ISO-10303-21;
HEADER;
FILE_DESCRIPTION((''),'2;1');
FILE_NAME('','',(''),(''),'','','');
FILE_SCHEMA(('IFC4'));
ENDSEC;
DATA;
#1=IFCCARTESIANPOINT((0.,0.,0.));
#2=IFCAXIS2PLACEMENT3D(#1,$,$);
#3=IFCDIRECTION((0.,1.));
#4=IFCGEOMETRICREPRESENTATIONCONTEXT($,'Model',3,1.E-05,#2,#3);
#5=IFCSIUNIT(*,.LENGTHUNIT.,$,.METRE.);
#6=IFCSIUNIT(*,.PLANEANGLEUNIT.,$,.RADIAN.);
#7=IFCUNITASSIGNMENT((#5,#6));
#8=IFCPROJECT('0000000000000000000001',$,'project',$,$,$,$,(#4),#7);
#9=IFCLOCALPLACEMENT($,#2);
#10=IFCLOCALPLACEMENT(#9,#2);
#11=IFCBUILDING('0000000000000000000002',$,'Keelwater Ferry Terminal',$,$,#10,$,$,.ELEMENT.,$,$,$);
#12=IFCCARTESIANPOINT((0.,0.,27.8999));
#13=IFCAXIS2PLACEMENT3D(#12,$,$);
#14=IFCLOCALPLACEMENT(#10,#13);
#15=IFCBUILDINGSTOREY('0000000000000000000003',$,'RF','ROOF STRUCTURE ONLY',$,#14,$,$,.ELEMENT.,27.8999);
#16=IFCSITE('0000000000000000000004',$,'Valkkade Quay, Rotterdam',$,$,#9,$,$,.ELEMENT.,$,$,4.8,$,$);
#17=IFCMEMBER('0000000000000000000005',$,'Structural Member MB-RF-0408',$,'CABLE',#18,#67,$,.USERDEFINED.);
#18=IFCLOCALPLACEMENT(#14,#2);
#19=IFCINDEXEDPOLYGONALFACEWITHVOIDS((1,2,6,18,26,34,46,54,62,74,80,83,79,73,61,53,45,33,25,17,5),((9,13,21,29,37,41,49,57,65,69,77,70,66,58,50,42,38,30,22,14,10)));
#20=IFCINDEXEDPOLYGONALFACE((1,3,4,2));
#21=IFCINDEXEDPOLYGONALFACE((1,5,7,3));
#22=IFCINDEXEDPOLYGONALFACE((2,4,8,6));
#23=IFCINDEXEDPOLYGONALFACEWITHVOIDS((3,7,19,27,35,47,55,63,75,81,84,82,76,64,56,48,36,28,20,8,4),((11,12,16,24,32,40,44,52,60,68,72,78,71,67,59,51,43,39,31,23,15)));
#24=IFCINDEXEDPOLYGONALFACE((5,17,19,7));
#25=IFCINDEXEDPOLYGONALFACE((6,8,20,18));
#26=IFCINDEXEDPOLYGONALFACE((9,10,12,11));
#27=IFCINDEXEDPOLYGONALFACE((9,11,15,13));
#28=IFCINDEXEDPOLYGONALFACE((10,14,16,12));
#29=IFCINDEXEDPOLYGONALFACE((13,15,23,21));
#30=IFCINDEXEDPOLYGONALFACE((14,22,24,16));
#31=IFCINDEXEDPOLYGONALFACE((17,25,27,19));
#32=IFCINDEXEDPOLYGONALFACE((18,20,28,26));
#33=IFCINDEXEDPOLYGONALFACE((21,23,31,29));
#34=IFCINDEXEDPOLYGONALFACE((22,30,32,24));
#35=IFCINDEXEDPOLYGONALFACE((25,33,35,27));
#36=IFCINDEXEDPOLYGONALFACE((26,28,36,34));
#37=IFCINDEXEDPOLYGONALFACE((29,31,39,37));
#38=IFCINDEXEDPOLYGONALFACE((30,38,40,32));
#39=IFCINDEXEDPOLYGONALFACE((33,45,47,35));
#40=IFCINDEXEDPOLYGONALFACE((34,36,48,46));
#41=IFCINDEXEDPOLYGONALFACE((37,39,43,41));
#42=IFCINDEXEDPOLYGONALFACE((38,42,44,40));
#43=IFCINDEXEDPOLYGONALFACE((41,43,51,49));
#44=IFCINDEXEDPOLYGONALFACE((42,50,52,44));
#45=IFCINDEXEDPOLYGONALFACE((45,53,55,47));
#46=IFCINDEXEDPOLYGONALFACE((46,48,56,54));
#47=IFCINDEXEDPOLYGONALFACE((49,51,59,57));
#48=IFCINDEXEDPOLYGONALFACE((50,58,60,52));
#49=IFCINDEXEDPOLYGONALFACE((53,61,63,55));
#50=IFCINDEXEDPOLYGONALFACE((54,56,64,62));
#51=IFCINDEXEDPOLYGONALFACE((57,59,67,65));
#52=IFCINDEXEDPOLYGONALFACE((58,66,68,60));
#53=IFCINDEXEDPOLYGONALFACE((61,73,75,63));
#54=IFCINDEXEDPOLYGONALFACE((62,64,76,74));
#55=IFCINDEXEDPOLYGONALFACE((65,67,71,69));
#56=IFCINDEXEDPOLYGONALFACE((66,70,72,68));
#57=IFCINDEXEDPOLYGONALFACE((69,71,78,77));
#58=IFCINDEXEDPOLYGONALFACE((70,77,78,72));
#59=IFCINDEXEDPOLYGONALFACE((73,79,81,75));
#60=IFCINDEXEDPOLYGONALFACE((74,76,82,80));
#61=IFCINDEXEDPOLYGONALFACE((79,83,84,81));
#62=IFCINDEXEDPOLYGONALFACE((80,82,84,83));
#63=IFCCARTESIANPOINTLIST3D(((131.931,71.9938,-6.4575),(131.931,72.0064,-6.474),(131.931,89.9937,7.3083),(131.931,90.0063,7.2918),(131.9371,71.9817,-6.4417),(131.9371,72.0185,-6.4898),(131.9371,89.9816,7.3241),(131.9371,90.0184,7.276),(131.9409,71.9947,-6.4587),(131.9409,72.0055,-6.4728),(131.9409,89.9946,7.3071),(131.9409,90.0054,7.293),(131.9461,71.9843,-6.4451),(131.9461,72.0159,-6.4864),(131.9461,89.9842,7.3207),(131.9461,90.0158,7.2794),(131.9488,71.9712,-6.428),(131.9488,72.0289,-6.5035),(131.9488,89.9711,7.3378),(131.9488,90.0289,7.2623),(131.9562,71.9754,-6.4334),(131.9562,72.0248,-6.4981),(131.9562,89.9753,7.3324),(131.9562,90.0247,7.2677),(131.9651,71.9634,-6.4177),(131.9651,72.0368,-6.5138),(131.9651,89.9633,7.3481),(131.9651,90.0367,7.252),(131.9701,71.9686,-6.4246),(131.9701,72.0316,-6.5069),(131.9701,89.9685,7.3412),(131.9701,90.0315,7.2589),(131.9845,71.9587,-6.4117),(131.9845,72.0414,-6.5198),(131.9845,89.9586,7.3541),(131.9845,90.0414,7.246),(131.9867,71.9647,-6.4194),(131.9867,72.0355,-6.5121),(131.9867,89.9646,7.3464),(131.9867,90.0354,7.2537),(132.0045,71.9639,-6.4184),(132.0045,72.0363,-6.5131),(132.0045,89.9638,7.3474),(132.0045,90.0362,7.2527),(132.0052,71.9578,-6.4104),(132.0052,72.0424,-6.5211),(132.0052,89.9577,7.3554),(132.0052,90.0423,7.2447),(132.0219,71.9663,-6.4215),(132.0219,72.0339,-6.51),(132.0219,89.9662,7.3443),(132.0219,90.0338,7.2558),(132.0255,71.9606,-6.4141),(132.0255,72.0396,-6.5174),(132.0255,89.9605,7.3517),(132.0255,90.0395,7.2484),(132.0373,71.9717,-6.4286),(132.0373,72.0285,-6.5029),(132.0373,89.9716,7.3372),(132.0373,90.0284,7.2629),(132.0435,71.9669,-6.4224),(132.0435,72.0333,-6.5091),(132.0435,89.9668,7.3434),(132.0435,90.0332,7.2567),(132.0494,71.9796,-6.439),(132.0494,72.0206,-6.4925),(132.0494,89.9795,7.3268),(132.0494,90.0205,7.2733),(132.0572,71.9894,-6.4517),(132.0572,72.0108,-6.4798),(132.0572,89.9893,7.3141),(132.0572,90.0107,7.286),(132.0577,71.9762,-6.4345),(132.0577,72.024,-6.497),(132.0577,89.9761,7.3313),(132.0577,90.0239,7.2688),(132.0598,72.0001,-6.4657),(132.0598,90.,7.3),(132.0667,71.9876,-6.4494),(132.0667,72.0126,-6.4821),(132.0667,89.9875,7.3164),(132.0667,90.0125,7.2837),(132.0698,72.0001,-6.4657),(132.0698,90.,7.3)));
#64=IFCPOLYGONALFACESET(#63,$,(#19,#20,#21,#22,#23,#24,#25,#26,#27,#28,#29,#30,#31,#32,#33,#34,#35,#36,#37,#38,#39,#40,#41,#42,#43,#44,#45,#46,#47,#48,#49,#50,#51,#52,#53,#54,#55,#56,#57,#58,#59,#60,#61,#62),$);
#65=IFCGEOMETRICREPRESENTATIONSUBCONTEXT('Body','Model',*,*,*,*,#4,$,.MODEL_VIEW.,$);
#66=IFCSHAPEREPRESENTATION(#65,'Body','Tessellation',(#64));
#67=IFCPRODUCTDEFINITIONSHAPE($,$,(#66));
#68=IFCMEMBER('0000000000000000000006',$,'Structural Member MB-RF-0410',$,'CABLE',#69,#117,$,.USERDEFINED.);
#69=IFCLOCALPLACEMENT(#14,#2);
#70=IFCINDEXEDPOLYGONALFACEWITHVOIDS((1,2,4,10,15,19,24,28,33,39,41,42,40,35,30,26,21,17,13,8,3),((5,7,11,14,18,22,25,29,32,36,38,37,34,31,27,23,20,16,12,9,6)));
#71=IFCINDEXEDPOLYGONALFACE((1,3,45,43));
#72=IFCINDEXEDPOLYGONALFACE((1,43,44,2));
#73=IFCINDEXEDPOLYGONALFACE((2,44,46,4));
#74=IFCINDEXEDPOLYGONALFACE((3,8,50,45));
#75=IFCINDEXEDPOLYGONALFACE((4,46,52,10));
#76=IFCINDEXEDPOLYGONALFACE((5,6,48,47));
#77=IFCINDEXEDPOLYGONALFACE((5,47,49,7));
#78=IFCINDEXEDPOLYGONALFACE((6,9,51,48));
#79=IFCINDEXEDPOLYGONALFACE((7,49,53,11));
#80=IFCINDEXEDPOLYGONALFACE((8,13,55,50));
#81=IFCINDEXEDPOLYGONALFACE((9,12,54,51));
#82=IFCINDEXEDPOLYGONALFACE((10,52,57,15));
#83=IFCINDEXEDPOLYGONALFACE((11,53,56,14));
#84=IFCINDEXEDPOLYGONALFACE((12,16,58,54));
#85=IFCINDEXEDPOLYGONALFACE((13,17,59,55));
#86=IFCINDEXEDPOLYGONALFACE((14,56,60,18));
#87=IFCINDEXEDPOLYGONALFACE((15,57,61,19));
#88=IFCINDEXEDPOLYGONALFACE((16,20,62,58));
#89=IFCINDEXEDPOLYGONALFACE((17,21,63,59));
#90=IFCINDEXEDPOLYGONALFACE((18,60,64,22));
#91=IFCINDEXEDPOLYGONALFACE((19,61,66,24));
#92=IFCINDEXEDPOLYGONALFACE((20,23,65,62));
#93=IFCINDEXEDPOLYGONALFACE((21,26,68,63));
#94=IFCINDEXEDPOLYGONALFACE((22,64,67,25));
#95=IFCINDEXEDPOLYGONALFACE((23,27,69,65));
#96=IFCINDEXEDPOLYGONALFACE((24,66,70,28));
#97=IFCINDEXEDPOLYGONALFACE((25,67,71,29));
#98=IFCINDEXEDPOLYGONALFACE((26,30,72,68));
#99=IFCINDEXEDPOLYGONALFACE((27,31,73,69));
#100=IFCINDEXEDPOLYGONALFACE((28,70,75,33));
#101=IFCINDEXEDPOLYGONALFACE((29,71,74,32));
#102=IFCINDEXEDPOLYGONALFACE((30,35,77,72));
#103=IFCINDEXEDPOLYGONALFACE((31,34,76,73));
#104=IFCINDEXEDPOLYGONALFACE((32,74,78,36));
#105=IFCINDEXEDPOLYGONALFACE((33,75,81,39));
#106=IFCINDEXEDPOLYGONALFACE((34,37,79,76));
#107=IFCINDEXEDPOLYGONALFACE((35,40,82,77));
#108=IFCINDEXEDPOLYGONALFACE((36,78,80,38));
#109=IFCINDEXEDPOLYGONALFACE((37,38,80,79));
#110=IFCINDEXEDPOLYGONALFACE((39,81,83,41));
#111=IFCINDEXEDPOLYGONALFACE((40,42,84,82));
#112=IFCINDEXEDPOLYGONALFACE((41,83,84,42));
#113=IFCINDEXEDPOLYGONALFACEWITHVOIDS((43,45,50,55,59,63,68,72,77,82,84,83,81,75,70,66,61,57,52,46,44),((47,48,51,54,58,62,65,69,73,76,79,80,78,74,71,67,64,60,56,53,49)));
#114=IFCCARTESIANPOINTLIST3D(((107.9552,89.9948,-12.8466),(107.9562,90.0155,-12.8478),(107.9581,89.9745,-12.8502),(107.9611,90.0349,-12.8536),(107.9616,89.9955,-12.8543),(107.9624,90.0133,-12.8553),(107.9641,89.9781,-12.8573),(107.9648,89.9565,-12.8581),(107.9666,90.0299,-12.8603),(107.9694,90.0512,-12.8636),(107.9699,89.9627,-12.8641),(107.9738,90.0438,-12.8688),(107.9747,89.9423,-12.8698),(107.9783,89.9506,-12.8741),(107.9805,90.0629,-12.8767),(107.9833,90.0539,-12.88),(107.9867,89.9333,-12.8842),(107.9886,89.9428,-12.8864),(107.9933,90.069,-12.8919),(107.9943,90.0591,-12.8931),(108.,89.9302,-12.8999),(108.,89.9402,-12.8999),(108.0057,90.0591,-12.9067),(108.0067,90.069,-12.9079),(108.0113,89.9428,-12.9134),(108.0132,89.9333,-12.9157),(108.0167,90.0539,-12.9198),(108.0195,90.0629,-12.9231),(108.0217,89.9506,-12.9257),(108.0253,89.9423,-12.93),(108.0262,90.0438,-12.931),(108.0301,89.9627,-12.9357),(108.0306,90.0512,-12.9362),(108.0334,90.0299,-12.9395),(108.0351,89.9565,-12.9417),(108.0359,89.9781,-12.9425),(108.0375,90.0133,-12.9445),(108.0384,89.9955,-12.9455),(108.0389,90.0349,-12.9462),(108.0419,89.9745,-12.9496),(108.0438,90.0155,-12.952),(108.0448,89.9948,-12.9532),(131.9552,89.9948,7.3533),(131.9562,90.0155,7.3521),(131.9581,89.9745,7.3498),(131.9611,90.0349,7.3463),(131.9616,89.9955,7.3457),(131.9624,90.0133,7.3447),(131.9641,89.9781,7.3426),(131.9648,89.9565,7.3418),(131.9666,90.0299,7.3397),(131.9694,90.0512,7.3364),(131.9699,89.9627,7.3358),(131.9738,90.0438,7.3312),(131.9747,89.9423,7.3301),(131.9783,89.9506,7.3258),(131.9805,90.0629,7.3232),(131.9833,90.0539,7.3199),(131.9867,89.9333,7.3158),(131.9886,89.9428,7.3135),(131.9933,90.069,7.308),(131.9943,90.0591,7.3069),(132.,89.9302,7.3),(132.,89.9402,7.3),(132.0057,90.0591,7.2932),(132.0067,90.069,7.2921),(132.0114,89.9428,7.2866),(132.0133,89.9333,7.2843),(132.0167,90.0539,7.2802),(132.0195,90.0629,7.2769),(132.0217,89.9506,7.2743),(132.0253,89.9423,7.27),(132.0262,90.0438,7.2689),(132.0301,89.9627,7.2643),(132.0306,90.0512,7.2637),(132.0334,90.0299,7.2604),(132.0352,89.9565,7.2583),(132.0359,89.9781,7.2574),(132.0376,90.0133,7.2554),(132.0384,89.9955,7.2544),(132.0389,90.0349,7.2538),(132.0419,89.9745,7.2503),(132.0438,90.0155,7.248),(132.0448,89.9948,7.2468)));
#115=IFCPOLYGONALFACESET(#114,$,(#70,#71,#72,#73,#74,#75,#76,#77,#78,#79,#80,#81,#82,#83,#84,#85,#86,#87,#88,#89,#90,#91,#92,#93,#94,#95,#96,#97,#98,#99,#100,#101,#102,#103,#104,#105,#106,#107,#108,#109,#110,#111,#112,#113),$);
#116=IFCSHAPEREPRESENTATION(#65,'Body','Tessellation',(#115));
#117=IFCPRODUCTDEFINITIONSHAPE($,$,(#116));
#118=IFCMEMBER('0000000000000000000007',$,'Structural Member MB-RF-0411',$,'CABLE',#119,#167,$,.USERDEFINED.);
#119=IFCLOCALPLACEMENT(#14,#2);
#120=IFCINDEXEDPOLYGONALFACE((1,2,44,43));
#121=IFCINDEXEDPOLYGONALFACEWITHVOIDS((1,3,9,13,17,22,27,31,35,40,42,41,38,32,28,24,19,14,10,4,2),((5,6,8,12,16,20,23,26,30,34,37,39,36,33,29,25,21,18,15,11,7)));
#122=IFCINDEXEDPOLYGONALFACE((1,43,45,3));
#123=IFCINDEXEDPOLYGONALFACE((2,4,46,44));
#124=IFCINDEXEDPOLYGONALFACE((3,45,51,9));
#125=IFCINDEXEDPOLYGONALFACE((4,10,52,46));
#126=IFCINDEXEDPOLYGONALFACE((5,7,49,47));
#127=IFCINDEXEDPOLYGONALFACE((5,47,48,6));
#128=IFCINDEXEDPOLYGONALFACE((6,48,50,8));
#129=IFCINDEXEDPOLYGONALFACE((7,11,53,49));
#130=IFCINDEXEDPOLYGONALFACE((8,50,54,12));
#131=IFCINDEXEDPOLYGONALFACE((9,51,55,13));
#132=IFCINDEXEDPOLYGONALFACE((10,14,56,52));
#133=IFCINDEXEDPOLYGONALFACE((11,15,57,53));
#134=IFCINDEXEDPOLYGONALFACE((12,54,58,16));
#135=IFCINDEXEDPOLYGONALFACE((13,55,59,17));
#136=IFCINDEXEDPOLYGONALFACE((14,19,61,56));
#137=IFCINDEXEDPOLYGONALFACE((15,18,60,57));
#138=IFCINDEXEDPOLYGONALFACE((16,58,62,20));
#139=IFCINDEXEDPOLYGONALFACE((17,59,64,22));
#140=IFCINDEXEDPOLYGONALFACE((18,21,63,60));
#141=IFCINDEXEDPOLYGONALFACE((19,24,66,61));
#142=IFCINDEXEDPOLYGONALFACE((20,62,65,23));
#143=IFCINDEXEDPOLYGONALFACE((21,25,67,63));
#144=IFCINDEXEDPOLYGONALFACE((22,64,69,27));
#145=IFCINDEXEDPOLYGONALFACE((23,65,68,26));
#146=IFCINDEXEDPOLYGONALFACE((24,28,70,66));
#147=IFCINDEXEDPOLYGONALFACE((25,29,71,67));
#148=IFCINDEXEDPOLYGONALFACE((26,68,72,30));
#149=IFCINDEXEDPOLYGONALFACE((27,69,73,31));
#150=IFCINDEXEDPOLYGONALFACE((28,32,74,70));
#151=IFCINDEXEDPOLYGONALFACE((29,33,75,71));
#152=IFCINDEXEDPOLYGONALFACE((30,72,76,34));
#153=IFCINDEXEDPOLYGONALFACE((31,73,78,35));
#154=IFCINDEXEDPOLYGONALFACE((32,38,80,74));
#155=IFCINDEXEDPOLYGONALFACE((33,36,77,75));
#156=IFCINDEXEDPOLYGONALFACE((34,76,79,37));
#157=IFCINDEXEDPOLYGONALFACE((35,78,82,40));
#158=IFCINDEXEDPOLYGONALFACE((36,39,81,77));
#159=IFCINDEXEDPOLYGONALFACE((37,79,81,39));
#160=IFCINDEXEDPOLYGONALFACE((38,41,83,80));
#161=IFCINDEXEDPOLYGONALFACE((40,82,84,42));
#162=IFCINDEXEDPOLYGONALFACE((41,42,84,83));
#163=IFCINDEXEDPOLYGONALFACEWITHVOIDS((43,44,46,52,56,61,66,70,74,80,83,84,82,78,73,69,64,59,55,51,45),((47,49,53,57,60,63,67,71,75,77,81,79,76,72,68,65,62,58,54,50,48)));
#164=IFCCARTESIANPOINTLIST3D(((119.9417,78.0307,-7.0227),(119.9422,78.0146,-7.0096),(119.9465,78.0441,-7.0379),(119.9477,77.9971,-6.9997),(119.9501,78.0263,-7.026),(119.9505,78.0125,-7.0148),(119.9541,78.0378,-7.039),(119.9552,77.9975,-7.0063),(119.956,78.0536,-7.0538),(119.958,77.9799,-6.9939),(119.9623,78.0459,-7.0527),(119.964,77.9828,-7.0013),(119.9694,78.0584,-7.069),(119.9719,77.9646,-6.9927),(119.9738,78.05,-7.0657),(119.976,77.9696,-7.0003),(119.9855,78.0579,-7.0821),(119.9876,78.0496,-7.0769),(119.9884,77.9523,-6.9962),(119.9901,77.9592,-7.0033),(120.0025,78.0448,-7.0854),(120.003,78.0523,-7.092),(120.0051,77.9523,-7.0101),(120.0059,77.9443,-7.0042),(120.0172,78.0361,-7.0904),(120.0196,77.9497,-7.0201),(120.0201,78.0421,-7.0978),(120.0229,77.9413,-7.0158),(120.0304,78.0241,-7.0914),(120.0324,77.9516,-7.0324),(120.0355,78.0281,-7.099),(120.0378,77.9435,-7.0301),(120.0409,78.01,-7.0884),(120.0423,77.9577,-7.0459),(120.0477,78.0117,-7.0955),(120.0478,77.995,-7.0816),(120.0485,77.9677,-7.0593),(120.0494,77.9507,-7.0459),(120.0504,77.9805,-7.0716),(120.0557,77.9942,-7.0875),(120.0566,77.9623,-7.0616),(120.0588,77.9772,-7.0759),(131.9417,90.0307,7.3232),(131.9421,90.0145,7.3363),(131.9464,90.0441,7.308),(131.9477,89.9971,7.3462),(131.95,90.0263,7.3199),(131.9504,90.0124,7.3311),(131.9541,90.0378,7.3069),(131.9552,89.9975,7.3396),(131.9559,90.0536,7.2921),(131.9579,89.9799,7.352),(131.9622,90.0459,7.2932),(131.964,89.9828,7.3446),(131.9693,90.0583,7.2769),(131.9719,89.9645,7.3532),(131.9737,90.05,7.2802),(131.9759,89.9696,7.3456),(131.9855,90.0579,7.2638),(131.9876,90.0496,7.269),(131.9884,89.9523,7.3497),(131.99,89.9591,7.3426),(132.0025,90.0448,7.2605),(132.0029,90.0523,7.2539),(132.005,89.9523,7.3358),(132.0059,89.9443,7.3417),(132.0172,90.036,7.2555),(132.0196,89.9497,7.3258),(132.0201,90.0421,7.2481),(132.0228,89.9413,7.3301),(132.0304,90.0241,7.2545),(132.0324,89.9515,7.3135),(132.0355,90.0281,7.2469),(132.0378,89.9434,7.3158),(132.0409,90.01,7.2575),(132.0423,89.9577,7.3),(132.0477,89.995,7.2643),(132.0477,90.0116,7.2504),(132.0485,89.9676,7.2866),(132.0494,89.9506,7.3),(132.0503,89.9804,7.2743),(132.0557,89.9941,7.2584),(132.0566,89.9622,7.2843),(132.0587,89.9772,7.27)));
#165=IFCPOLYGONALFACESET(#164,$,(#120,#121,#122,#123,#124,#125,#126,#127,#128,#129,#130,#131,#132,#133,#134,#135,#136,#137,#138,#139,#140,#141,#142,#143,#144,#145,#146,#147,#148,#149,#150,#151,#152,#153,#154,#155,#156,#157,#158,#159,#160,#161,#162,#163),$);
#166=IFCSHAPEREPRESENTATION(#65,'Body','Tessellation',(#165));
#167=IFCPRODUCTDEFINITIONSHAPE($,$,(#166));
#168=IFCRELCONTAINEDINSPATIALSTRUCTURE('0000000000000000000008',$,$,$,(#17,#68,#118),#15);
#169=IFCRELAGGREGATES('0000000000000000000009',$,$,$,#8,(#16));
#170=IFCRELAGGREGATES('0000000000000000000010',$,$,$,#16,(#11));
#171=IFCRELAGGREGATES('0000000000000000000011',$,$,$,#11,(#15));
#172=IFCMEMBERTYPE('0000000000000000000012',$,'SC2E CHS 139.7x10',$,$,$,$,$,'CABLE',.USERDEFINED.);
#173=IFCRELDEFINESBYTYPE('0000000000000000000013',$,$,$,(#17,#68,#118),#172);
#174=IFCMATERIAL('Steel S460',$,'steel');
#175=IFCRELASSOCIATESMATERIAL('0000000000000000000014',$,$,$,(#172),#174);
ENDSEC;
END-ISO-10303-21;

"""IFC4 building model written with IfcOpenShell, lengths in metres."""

from ifc_helpers import new_model, si_unit, direction, frame, origin, origin_2d, place, context, subcontext, project, spatial, hollow_circle, extrude, material, material_profile, profile_set, type_object, element, save


model = new_model("IFC4")

# Units and contexts
model_context = context("Model", 3, precision=1e-05, world=origin(), true_north=direction((0.0, 1.0)))
body_context = subcontext(model_context, "Body", "Model", "MODEL_VIEW")
ifc_project = project(units=[si_unit("LENGTHUNIT", "METRE"), si_unit("PLANEANGLEUNIT", "RADIAN")], contexts=[model_context])

# Site, building, storey
site_placement = place(None, origin())
site = spatial("IfcSite", under=ifc_project, at=site_placement, Name="Valkkade Quay, Rotterdam", CompositionType="ELEMENT", RefElevation=4.8)
building_placement = place(site_placement, origin())
building = spatial("IfcBuilding", under=site, at=building_placement, Name="Keelwater Ferry Terminal", CompositionType="ELEMENT")
storey_placement = place(building_placement, frame((0.0, 0.0, 27.8999)))
storey = spatial("IfcBuildingStorey", under=building, at=storey_placement, Name="RF", Description="ROOF STRUCTURE ONLY", CompositionType="ELEMENT", Elevation=27.8999)

# Members
ifc_material_1 = material(Name="Steel S460", Category="steel")
ifc_material_profile_1 = material_profile(ifc_material_1, hollow_circle(Radius=0.0698, WallThickness=0.01, at=origin_2d()), Name="CHS 139.7x10")
ifc_profile_set_1 = profile_set([ifc_material_profile_1], Name="Steel S460")
member_type_1 = type_object("IfcMemberType", Name="SC2E CHS 139.7x10", ElementType="CABLE", PredefinedType="USERDEFINED", material=ifc_profile_set_1)
member_1_placement = place(storey_placement, frame((132.0, 90.0, 7.3), z_axis=(0.0, -0.794333, -0.607482), x_axis=(1.0, 0.0, 0.0)))
element("IfcMember", 1, at=member_1_placement, inside=storey, type_object=member_type_1, Name="Structural Member MB-RF-0408", ObjectType="CABLE", PredefinedType="USERDEFINED", context=body_context, shape_type="SweptSolid", body=[
    extrude(hollow_circle(Radius=0.0698, WallThickness=0.01, at=origin_2d()), origin(), (0.0, 0.0, 1.0), 22.6604),
])
member_2_placement = place(storey_placement, frame((132.0, 90.0, 7.3), z_axis=(-0.765077, 0.0, -0.643938), x_axis=(0.0, -1.0, 0.0)))
element("IfcMember", 2, at=member_2_placement, inside=storey, type_object=member_type_1, Name="Structural Member MB-RF-0410", ObjectType="CABLE", PredefinedType="USERDEFINED", context=body_context, shape_type="SweptSolid", body=[
    extrude(hollow_circle(Radius=0.0698, WallThickness=0.01, at=origin_2d()), origin(), (0.0, 0.0, 1.0), 31.3694),
])
member_3_placement = place(storey_placement, frame((132.0, 90.0, 7.3), z_axis=(-0.540011, -0.540011, -0.645581), x_axis=(0.707107, -0.707107, 0.0)))
element("IfcMember", 3, at=member_3_placement, inside=storey, type_object=member_type_1, Name="Structural Member MB-RF-0411", ObjectType="CABLE", PredefinedType="USERDEFINED", context=body_context, shape_type="SweptSolid", body=[
    extrude(hollow_circle(Radius=0.0698, WallThickness=0.01, at=origin_2d()), origin(), (0.0, 0.0, 1.0), 22.2217),
])

save(model, "model.ifc")
